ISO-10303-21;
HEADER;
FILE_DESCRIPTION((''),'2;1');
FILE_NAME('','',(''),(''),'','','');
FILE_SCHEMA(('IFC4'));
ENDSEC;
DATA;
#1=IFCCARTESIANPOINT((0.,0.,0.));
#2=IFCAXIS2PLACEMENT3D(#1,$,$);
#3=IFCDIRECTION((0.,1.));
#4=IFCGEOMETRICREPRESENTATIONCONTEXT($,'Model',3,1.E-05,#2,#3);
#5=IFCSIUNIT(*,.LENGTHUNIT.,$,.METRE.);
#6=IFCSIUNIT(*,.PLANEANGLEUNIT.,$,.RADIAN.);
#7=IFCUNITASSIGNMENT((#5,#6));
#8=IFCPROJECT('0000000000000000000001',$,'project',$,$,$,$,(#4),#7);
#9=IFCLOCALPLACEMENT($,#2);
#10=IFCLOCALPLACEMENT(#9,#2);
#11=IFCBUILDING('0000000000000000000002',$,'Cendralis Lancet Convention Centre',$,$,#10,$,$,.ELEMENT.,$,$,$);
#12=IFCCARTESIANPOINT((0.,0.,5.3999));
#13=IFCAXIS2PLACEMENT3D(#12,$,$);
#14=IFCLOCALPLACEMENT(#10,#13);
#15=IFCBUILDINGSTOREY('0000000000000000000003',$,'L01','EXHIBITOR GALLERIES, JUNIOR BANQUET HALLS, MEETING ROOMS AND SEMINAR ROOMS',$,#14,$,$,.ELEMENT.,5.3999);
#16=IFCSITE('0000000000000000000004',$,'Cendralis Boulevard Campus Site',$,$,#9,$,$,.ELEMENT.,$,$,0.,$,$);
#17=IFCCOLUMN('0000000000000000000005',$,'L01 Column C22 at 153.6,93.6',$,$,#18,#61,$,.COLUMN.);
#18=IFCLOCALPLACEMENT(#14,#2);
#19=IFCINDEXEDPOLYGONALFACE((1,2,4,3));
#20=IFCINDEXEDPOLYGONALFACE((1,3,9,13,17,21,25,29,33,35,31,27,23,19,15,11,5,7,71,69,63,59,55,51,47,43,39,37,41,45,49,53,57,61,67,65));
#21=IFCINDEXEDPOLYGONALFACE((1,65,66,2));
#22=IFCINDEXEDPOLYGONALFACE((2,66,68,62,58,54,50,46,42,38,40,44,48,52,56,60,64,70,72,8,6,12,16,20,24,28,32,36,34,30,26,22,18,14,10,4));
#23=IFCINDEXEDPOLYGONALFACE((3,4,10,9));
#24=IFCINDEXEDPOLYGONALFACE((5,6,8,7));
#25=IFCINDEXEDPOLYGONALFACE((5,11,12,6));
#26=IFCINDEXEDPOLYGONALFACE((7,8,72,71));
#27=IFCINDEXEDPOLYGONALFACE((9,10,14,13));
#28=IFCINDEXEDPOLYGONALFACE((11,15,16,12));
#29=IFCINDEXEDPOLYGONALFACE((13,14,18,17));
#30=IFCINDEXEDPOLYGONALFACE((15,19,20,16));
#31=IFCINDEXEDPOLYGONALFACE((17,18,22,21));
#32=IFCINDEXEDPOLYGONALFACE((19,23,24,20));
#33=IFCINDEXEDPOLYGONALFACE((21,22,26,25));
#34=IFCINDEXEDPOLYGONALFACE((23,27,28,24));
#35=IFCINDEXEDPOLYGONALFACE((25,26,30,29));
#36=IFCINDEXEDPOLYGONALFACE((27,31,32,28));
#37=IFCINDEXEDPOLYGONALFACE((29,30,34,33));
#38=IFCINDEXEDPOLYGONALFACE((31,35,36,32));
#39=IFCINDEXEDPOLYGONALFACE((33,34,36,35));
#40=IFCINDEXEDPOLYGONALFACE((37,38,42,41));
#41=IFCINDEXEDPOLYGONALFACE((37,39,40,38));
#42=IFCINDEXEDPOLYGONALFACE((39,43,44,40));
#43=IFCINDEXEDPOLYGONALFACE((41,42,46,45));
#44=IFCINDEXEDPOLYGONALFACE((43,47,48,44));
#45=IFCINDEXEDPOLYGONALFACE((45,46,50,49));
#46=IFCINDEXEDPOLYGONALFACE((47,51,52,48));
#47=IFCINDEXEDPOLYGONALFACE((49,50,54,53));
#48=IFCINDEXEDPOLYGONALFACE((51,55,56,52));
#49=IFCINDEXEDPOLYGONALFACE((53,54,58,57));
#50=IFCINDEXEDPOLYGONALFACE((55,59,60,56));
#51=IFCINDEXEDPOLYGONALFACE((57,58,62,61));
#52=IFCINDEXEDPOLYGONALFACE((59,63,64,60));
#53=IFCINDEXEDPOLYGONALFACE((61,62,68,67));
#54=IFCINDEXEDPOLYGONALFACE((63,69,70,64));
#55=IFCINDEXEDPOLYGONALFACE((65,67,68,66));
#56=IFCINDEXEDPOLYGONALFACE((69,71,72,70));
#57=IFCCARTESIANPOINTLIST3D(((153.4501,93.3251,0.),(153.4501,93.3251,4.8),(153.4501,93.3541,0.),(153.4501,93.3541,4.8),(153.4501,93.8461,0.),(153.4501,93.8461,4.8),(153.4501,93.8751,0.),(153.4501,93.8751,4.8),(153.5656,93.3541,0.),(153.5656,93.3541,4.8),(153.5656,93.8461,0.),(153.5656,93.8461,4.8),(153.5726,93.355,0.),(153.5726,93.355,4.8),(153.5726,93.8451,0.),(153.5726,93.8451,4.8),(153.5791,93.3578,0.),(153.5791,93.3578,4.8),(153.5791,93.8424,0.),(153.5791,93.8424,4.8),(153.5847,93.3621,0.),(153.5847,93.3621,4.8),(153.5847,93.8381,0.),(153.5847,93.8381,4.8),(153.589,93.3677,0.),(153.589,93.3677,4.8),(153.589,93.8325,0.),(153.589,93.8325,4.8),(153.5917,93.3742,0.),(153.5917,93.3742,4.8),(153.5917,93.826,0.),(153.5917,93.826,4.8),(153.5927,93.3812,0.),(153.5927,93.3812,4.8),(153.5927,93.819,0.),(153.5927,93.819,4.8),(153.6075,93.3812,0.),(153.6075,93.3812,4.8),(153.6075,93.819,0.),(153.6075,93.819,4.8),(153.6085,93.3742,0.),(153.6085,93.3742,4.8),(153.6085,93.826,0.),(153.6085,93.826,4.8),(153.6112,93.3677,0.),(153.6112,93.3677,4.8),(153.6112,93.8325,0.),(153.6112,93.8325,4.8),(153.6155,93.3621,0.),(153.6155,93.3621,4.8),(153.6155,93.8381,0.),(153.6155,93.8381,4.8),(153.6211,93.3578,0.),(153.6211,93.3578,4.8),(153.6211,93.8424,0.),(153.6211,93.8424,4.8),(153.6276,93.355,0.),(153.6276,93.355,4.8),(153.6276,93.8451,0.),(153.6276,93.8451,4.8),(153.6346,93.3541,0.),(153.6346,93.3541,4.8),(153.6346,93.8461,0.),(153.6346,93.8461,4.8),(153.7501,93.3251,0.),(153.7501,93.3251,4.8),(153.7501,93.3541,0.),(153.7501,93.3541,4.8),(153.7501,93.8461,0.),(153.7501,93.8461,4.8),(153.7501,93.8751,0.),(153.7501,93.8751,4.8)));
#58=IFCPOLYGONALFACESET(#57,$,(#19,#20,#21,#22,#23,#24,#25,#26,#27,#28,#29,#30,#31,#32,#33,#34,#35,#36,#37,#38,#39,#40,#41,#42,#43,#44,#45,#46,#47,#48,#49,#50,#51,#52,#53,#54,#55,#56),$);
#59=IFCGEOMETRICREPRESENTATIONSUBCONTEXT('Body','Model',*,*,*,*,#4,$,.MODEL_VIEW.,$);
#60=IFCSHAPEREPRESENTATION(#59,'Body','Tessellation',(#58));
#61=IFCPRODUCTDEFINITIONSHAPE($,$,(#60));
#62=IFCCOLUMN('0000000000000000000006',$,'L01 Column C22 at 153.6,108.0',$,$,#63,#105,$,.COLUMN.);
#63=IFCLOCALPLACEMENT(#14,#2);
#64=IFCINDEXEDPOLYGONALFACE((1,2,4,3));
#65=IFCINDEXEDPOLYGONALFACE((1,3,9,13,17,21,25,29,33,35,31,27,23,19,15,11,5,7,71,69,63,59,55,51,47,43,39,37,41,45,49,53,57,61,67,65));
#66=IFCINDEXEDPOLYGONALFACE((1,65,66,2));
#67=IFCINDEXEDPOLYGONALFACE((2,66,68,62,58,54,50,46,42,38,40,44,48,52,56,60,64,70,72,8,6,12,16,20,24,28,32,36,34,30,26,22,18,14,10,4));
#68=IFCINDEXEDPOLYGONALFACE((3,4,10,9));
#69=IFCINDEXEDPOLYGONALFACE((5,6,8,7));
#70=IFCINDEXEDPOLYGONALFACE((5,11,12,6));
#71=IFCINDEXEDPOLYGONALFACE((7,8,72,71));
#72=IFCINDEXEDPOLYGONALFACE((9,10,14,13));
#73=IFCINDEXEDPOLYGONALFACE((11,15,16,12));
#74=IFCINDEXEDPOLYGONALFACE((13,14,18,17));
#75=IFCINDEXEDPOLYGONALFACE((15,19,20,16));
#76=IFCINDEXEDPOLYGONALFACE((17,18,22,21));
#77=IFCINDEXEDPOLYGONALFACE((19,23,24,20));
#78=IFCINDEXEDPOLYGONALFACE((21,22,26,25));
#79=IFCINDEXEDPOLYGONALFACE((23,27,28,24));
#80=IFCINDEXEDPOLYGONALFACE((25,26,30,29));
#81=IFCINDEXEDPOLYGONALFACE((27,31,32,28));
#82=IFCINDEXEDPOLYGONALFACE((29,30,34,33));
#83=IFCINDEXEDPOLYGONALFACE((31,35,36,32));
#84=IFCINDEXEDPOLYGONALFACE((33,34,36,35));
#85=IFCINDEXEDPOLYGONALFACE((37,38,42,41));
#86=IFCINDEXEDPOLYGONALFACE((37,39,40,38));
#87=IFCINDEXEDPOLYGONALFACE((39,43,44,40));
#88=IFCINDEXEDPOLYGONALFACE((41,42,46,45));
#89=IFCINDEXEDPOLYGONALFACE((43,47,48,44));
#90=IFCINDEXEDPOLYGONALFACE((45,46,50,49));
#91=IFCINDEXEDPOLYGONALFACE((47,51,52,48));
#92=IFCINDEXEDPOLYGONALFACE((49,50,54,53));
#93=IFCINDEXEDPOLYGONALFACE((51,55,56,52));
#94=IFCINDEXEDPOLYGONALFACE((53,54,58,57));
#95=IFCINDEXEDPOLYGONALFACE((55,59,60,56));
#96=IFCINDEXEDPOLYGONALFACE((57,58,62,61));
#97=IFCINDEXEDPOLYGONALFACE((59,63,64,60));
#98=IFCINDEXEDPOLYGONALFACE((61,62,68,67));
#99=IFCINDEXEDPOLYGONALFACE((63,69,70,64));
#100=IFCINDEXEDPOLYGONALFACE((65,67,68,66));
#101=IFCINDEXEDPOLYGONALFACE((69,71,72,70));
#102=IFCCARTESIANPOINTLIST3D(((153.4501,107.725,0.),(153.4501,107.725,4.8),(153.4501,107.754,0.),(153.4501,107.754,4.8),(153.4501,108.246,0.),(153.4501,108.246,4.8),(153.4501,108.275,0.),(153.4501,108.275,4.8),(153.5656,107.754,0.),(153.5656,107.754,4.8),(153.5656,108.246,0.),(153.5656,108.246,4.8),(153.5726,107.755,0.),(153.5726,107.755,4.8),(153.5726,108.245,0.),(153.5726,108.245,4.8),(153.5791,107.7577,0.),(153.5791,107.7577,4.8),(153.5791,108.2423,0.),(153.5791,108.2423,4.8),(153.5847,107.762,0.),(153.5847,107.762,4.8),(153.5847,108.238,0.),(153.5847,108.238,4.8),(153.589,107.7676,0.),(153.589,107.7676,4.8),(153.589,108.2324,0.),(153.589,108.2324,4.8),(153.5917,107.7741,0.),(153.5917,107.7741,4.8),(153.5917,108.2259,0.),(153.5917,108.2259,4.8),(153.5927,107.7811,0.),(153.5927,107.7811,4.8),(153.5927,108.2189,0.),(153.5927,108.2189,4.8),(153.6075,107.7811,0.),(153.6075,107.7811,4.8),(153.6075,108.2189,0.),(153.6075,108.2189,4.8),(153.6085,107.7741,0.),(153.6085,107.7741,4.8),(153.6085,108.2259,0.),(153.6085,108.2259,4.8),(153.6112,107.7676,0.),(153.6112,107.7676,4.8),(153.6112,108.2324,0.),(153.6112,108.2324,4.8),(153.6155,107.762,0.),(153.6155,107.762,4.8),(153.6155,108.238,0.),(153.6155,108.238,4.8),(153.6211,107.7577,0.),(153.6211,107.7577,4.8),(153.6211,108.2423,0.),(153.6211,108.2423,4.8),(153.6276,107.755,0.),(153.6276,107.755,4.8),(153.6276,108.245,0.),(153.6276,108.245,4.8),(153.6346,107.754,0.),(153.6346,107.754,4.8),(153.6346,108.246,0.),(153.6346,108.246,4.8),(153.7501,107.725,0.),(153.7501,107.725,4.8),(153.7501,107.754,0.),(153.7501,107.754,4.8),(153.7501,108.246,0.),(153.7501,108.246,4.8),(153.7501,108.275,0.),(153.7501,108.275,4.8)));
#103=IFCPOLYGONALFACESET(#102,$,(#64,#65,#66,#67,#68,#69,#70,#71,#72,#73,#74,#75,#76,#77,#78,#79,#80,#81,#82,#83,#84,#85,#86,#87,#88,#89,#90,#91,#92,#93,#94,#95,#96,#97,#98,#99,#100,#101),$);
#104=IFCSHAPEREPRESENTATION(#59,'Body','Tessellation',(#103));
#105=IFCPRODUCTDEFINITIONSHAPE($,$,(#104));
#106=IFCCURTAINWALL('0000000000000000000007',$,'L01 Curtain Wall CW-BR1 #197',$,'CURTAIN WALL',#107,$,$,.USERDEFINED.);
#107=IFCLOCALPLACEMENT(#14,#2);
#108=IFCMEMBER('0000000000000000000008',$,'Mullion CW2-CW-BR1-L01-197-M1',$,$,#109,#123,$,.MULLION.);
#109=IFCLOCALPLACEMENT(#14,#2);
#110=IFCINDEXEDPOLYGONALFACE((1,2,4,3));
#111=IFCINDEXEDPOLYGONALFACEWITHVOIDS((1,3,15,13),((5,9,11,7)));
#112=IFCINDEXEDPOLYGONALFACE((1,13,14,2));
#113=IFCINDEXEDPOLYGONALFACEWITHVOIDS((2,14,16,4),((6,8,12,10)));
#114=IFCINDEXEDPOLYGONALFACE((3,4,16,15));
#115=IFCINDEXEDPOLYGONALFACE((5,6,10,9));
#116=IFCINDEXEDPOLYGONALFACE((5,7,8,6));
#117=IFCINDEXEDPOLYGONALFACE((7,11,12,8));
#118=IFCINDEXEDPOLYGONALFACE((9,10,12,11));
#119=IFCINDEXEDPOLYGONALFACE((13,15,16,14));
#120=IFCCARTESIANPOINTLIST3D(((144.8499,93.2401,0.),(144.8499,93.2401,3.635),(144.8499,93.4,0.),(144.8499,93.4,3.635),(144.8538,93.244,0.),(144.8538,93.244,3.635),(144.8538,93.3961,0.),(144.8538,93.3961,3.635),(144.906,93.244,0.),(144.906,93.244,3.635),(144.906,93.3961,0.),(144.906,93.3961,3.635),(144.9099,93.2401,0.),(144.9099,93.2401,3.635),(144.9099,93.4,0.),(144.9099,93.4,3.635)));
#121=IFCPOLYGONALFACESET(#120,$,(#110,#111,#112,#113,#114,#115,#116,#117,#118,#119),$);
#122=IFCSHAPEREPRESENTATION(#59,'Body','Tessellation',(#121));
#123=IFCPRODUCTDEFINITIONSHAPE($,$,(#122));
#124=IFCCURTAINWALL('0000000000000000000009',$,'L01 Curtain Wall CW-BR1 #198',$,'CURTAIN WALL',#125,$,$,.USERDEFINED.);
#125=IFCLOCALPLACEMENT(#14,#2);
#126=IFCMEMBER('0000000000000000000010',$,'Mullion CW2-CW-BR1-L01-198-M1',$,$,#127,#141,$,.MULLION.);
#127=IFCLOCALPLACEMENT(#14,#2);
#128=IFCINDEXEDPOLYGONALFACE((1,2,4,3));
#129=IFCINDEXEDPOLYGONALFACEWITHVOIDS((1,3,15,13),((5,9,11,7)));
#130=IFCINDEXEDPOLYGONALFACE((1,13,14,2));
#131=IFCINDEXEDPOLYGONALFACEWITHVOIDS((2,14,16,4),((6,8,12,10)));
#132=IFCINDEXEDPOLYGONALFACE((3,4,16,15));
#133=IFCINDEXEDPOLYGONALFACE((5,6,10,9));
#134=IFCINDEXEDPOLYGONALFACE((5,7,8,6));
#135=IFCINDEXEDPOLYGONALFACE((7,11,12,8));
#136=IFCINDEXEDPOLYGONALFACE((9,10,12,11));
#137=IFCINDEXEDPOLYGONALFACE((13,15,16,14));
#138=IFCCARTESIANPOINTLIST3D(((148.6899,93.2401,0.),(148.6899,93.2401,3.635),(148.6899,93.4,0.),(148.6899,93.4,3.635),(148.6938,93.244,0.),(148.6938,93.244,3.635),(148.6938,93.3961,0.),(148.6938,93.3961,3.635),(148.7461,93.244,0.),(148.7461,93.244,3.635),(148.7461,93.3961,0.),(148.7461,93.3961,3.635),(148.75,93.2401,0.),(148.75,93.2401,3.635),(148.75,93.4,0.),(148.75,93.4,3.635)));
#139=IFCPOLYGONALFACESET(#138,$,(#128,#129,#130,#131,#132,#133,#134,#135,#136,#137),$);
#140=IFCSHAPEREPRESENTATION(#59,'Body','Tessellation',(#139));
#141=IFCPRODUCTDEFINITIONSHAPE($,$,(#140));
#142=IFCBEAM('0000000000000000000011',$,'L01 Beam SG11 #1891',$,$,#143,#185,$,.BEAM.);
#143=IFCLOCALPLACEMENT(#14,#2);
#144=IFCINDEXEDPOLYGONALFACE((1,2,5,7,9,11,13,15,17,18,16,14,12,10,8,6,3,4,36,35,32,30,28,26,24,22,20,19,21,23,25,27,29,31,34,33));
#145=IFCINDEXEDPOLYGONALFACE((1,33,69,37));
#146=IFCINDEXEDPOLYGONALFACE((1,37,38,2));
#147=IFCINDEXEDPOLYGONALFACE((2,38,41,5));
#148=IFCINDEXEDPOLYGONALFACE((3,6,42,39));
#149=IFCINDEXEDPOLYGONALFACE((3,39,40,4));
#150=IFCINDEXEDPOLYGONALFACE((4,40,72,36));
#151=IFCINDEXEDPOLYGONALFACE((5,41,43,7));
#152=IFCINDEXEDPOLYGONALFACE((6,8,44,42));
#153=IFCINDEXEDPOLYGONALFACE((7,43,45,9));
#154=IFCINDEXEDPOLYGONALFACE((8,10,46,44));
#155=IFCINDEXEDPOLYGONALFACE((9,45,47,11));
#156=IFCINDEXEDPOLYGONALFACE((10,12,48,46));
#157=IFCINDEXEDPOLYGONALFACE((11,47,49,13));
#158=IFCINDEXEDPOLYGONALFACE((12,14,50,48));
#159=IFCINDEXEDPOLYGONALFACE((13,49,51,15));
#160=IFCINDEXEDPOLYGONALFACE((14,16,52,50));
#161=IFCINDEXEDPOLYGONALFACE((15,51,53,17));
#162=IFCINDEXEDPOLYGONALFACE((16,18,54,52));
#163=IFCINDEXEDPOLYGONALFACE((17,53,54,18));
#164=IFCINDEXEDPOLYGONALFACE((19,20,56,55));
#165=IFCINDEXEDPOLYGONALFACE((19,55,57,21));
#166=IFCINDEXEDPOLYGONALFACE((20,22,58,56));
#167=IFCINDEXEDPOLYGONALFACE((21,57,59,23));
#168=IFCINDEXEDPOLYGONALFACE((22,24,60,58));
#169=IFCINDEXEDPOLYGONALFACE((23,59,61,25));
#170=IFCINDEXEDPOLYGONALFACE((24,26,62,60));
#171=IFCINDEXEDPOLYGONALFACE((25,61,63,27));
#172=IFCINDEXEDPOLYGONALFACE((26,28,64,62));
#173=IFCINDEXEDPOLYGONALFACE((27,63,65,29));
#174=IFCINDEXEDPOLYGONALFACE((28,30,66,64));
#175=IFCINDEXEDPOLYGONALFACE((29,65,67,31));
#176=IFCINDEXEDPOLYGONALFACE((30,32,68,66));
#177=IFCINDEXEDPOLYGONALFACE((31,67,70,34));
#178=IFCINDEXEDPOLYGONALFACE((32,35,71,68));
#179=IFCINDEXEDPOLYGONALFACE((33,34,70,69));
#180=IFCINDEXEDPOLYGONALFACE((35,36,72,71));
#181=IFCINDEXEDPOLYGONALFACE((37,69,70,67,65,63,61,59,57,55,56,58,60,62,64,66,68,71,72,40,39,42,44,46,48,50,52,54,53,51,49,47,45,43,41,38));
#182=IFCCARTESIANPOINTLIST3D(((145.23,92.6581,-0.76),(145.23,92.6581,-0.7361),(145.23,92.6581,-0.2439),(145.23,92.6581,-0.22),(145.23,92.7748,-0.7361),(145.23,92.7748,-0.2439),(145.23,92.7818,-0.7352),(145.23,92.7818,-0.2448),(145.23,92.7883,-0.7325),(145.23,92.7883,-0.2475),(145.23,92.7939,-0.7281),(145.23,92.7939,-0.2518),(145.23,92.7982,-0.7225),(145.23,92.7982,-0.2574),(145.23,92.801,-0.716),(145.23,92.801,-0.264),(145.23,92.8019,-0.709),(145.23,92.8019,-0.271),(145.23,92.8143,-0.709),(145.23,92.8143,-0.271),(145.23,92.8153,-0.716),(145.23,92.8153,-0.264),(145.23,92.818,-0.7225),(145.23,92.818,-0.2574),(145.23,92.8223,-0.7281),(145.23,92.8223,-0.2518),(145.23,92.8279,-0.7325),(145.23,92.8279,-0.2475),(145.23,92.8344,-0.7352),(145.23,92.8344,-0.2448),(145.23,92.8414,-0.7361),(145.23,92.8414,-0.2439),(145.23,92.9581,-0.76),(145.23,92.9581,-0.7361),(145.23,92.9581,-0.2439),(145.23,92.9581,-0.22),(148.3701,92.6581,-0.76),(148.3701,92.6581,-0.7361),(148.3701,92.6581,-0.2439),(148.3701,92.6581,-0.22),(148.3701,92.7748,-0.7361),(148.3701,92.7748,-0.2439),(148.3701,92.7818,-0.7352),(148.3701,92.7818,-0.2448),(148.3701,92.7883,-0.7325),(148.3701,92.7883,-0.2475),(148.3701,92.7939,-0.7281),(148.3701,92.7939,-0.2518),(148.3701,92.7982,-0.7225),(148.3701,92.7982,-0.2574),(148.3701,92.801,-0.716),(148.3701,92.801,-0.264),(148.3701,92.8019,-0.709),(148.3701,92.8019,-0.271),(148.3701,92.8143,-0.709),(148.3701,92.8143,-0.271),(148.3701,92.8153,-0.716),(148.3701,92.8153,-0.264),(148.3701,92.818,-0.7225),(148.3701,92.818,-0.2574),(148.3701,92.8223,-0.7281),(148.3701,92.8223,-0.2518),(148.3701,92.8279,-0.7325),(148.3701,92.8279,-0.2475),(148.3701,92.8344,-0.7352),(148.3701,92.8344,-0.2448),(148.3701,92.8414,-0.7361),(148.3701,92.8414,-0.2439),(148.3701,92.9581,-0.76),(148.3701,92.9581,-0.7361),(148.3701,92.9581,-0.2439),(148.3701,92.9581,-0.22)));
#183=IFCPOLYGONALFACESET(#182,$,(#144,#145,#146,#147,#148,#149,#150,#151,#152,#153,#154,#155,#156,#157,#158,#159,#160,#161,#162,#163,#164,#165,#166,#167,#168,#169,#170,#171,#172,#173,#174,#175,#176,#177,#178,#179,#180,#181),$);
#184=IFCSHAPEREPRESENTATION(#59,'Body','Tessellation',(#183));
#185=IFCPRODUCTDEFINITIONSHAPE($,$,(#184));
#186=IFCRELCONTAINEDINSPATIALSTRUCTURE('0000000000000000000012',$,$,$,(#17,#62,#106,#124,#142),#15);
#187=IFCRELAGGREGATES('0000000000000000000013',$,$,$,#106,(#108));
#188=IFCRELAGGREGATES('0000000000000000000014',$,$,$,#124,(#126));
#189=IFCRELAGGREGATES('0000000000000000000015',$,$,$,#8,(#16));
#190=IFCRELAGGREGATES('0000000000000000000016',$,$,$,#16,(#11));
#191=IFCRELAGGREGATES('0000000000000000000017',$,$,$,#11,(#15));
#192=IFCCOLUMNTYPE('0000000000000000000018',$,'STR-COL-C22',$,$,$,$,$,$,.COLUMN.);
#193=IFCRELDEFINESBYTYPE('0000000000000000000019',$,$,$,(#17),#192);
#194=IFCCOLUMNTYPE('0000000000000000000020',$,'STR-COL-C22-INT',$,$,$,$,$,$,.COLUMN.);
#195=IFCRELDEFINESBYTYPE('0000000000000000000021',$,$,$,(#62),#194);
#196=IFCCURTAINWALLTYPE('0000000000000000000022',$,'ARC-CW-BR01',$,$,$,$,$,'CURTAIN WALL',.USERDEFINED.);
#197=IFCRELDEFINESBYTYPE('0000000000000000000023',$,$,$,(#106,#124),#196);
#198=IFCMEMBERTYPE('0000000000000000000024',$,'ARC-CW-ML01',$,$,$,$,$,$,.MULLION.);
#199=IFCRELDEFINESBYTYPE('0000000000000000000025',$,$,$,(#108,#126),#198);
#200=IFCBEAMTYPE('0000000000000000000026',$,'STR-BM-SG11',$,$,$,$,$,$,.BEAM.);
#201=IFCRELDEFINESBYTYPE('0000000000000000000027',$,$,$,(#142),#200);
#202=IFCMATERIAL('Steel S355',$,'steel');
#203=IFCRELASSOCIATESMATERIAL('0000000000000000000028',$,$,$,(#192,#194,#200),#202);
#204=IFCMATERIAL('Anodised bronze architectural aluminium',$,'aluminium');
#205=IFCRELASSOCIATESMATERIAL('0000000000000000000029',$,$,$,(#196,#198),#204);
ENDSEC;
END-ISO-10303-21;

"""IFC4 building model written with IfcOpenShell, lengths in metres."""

from ifc_helpers import new_model, si_unit, direction, frame, origin, origin_2d, place, context, subcontext, project, spatial, hollow_rectangle, i_section, extrude, material, material_profile, profile_set, type_object, element, aggregate, save


model = new_model("IFC4")

# Units and contexts
model_context = context("Model", 3, precision=1e-05, world=origin(), true_north=direction((0.0, 1.0)))
body_context = subcontext(model_context, "Body", "Model", "MODEL_VIEW")
ifc_project = project(units=[si_unit("LENGTHUNIT", "METRE"), si_unit("PLANEANGLEUNIT", "RADIAN")], contexts=[model_context])

# Site, building, storey
site_placement = place(None, origin())
site = spatial("IfcSite", under=ifc_project, at=site_placement, Name="Cendralis Boulevard Campus Site", CompositionType="ELEMENT", RefElevation=0.0)
building_placement = place(site_placement, origin())
building = spatial("IfcBuilding", under=site, at=building_placement, Name="Cendralis Lancet Convention Centre", CompositionType="ELEMENT")
storey_placement = place(building_placement, frame((0.0, 0.0, 5.3999)))
storey = spatial("IfcBuildingStorey", under=building, at=storey_placement, Name="L01", Description="EXHIBITOR GALLERIES, JUNIOR BANQUET HALLS, MEETING ROOMS AND SEMINAR ROOMS", CompositionType="ELEMENT", Elevation=5.3999)

# Columns
ifc_material_1 = material(Name="Steel S355", Category="steel")
ifc_material_profile_1 = material_profile(ifc_material_1, i_section(OverallWidth=0.3, OverallDepth=0.55, WebThickness=0.0149, FlangeThickness=0.0291, FilletRadius=0.0271, at=origin_2d()), Name="HEB 550")
ifc_profile_set_1 = profile_set([ifc_material_profile_1], Name="Steel S355")
column_type_1 = type_object("IfcColumnType", Name="STR-COL-C22", PredefinedType="COLUMN", material=ifc_profile_set_1)
column_1_placement = place(storey_placement, frame((153.6001, 93.6001, 0.0), z_axis=(0.0, 0.0, 1.0), x_axis=(1.0, 0.0, 0.0)))
element("IfcColumn", 1, at=column_1_placement, inside=storey, type_object=column_type_1, Name="L01 Column C22 at 153.6,93.6", PredefinedType="COLUMN", context=body_context, shape_type="SweptSolid", body=[
    extrude(i_section(OverallWidth=0.3, OverallDepth=0.55, WebThickness=0.0149, FlangeThickness=0.0291, FilletRadius=0.0271, at=origin_2d()), origin(), (0.0, 0.0, 1.0), 4.8),
])
ifc_material_profile_2 = material_profile(ifc_material_1, i_section(OverallWidth=0.3, OverallDepth=0.55, WebThickness=0.0149, FlangeThickness=0.0291, FilletRadius=0.0271, at=origin_2d()), Name="HEB 550")
ifc_profile_set_2 = profile_set([ifc_material_profile_2], Name="Steel S355")
column_type_2 = type_object("IfcColumnType", Name="STR-COL-C22-INT", PredefinedType="COLUMN", material=ifc_profile_set_2)
column_2_placement = place(storey_placement, frame((153.6001, 108.0, 0.0), z_axis=(0.0, 0.0, 1.0), x_axis=(1.0, 0.0, 0.0)))
element("IfcColumn", 2, at=column_2_placement, inside=storey, type_object=column_type_2, Name="L01 Column C22 at 153.6,108.0", PredefinedType="COLUMN", context=body_context, shape_type="SweptSolid", body=[
    extrude(i_section(OverallWidth=0.3, OverallDepth=0.55, WebThickness=0.0149, FlangeThickness=0.0291, FilletRadius=0.0271, at=origin_2d()), origin(), (0.0, 0.0, 1.0), 4.8),
])

# Curtain walls, members
ifc_material_2 = material(Name="Anodised bronze architectural aluminium", Category="aluminium")
curtain_wall_type = type_object("IfcCurtainWallType", Name="ARC-CW-BR01", ElementType="CURTAIN WALL", PredefinedType="USERDEFINED", material=ifc_material_2)
curtain_wall_1_placement = place(storey_placement, origin())
curtain_wall_1 = element("IfcCurtainWall", 3, at=curtain_wall_1_placement, inside=storey, type_object=curtain_wall_type, Name="L01 Curtain Wall CW-BR1 #197", ObjectType="CURTAIN WALL", PredefinedType="USERDEFINED")
ifc_material_profile_3 = material_profile(ifc_material_2, hollow_rectangle(XDim=0.0601, YDim=0.1599, WallThickness=0.0039, at=origin_2d()), Name="AL-MULL 60x160x4.0")
ifc_profile_set_3 = profile_set([ifc_material_profile_3], Name="Anodised bronze architectural aluminium")
member_type = type_object("IfcMemberType", Name="ARC-CW-ML01", PredefinedType="MULLION", material=ifc_profile_set_3)
member_1_placement = place(storey_placement, frame((144.8799, 93.3201, 0.0), z_axis=(0.0, 0.0, 1.0), x_axis=(1.0, 0.0, 0.0)))
member_1 = element("IfcMember", 4, at=member_1_placement, type_object=member_type, Name="Mullion CW2-CW-BR1-L01-197-M1", PredefinedType="MULLION", context=body_context, shape_type="SweptSolid", body=[
    extrude(hollow_rectangle(XDim=0.0601, YDim=0.1599, WallThickness=0.0039, at=origin_2d()), origin(), (0.0, 0.0, 1.0), 3.635),
])
curtain_wall_2_placement = place(storey_placement, origin())
curtain_wall_2 = element("IfcCurtainWall", 5, at=curtain_wall_2_placement, inside=storey, type_object=curtain_wall_type, Name="L01 Curtain Wall CW-BR1 #198", ObjectType="CURTAIN WALL", PredefinedType="USERDEFINED")
member_2_placement = place(storey_placement, frame((148.72, 93.3201, 0.0), z_axis=(0.0, 0.0, 1.0), x_axis=(1.0, 0.0, 0.0)))
member_2 = element("IfcMember", 6, at=member_2_placement, type_object=member_type, Name="Mullion CW2-CW-BR1-L01-198-M1", PredefinedType="MULLION", context=body_context, shape_type="SweptSolid", body=[
    extrude(hollow_rectangle(XDim=0.0601, YDim=0.1599, WallThickness=0.0039, at=origin_2d()), origin(), (0.0, 0.0, 1.0), 3.635),
])

# Beam
ifc_material_profile_4 = material_profile(ifc_material_1, i_section(OverallWidth=0.3, OverallDepth=0.54, WebThickness=0.0125, FlangeThickness=0.0239, FilletRadius=0.0271, at=origin_2d()), Name="HEA 550")
ifc_profile_set_4 = profile_set([ifc_material_profile_4], Name="Steel S355")
beam_type_1 = type_object("IfcBeamType", Name="STR-BM-SG11", PredefinedType="BEAM", material=ifc_profile_set_4)
beam_1_placement = place(storey_placement, frame((145.23, 92.8081, -0.49), z_axis=(1.0, 0.0, 0.0), x_axis=(0.0, 1.0, 0.0)))
element("IfcBeam", 7, at=beam_1_placement, inside=storey, type_object=beam_type_1, Name="L01 Beam SG11 #1891", PredefinedType="BEAM", context=body_context, shape_type="SweptSolid", body=[
    extrude(i_section(OverallWidth=0.3, OverallDepth=0.54, WebThickness=0.0125, FlangeThickness=0.0239, FilletRadius=0.0271, at=origin_2d()), origin(), (0.0, 0.0, 1.0), 3.1401),
])

aggregate(curtain_wall_1, [member_1])
aggregate(curtain_wall_2, [member_2])

save(model, "model.ifc")
